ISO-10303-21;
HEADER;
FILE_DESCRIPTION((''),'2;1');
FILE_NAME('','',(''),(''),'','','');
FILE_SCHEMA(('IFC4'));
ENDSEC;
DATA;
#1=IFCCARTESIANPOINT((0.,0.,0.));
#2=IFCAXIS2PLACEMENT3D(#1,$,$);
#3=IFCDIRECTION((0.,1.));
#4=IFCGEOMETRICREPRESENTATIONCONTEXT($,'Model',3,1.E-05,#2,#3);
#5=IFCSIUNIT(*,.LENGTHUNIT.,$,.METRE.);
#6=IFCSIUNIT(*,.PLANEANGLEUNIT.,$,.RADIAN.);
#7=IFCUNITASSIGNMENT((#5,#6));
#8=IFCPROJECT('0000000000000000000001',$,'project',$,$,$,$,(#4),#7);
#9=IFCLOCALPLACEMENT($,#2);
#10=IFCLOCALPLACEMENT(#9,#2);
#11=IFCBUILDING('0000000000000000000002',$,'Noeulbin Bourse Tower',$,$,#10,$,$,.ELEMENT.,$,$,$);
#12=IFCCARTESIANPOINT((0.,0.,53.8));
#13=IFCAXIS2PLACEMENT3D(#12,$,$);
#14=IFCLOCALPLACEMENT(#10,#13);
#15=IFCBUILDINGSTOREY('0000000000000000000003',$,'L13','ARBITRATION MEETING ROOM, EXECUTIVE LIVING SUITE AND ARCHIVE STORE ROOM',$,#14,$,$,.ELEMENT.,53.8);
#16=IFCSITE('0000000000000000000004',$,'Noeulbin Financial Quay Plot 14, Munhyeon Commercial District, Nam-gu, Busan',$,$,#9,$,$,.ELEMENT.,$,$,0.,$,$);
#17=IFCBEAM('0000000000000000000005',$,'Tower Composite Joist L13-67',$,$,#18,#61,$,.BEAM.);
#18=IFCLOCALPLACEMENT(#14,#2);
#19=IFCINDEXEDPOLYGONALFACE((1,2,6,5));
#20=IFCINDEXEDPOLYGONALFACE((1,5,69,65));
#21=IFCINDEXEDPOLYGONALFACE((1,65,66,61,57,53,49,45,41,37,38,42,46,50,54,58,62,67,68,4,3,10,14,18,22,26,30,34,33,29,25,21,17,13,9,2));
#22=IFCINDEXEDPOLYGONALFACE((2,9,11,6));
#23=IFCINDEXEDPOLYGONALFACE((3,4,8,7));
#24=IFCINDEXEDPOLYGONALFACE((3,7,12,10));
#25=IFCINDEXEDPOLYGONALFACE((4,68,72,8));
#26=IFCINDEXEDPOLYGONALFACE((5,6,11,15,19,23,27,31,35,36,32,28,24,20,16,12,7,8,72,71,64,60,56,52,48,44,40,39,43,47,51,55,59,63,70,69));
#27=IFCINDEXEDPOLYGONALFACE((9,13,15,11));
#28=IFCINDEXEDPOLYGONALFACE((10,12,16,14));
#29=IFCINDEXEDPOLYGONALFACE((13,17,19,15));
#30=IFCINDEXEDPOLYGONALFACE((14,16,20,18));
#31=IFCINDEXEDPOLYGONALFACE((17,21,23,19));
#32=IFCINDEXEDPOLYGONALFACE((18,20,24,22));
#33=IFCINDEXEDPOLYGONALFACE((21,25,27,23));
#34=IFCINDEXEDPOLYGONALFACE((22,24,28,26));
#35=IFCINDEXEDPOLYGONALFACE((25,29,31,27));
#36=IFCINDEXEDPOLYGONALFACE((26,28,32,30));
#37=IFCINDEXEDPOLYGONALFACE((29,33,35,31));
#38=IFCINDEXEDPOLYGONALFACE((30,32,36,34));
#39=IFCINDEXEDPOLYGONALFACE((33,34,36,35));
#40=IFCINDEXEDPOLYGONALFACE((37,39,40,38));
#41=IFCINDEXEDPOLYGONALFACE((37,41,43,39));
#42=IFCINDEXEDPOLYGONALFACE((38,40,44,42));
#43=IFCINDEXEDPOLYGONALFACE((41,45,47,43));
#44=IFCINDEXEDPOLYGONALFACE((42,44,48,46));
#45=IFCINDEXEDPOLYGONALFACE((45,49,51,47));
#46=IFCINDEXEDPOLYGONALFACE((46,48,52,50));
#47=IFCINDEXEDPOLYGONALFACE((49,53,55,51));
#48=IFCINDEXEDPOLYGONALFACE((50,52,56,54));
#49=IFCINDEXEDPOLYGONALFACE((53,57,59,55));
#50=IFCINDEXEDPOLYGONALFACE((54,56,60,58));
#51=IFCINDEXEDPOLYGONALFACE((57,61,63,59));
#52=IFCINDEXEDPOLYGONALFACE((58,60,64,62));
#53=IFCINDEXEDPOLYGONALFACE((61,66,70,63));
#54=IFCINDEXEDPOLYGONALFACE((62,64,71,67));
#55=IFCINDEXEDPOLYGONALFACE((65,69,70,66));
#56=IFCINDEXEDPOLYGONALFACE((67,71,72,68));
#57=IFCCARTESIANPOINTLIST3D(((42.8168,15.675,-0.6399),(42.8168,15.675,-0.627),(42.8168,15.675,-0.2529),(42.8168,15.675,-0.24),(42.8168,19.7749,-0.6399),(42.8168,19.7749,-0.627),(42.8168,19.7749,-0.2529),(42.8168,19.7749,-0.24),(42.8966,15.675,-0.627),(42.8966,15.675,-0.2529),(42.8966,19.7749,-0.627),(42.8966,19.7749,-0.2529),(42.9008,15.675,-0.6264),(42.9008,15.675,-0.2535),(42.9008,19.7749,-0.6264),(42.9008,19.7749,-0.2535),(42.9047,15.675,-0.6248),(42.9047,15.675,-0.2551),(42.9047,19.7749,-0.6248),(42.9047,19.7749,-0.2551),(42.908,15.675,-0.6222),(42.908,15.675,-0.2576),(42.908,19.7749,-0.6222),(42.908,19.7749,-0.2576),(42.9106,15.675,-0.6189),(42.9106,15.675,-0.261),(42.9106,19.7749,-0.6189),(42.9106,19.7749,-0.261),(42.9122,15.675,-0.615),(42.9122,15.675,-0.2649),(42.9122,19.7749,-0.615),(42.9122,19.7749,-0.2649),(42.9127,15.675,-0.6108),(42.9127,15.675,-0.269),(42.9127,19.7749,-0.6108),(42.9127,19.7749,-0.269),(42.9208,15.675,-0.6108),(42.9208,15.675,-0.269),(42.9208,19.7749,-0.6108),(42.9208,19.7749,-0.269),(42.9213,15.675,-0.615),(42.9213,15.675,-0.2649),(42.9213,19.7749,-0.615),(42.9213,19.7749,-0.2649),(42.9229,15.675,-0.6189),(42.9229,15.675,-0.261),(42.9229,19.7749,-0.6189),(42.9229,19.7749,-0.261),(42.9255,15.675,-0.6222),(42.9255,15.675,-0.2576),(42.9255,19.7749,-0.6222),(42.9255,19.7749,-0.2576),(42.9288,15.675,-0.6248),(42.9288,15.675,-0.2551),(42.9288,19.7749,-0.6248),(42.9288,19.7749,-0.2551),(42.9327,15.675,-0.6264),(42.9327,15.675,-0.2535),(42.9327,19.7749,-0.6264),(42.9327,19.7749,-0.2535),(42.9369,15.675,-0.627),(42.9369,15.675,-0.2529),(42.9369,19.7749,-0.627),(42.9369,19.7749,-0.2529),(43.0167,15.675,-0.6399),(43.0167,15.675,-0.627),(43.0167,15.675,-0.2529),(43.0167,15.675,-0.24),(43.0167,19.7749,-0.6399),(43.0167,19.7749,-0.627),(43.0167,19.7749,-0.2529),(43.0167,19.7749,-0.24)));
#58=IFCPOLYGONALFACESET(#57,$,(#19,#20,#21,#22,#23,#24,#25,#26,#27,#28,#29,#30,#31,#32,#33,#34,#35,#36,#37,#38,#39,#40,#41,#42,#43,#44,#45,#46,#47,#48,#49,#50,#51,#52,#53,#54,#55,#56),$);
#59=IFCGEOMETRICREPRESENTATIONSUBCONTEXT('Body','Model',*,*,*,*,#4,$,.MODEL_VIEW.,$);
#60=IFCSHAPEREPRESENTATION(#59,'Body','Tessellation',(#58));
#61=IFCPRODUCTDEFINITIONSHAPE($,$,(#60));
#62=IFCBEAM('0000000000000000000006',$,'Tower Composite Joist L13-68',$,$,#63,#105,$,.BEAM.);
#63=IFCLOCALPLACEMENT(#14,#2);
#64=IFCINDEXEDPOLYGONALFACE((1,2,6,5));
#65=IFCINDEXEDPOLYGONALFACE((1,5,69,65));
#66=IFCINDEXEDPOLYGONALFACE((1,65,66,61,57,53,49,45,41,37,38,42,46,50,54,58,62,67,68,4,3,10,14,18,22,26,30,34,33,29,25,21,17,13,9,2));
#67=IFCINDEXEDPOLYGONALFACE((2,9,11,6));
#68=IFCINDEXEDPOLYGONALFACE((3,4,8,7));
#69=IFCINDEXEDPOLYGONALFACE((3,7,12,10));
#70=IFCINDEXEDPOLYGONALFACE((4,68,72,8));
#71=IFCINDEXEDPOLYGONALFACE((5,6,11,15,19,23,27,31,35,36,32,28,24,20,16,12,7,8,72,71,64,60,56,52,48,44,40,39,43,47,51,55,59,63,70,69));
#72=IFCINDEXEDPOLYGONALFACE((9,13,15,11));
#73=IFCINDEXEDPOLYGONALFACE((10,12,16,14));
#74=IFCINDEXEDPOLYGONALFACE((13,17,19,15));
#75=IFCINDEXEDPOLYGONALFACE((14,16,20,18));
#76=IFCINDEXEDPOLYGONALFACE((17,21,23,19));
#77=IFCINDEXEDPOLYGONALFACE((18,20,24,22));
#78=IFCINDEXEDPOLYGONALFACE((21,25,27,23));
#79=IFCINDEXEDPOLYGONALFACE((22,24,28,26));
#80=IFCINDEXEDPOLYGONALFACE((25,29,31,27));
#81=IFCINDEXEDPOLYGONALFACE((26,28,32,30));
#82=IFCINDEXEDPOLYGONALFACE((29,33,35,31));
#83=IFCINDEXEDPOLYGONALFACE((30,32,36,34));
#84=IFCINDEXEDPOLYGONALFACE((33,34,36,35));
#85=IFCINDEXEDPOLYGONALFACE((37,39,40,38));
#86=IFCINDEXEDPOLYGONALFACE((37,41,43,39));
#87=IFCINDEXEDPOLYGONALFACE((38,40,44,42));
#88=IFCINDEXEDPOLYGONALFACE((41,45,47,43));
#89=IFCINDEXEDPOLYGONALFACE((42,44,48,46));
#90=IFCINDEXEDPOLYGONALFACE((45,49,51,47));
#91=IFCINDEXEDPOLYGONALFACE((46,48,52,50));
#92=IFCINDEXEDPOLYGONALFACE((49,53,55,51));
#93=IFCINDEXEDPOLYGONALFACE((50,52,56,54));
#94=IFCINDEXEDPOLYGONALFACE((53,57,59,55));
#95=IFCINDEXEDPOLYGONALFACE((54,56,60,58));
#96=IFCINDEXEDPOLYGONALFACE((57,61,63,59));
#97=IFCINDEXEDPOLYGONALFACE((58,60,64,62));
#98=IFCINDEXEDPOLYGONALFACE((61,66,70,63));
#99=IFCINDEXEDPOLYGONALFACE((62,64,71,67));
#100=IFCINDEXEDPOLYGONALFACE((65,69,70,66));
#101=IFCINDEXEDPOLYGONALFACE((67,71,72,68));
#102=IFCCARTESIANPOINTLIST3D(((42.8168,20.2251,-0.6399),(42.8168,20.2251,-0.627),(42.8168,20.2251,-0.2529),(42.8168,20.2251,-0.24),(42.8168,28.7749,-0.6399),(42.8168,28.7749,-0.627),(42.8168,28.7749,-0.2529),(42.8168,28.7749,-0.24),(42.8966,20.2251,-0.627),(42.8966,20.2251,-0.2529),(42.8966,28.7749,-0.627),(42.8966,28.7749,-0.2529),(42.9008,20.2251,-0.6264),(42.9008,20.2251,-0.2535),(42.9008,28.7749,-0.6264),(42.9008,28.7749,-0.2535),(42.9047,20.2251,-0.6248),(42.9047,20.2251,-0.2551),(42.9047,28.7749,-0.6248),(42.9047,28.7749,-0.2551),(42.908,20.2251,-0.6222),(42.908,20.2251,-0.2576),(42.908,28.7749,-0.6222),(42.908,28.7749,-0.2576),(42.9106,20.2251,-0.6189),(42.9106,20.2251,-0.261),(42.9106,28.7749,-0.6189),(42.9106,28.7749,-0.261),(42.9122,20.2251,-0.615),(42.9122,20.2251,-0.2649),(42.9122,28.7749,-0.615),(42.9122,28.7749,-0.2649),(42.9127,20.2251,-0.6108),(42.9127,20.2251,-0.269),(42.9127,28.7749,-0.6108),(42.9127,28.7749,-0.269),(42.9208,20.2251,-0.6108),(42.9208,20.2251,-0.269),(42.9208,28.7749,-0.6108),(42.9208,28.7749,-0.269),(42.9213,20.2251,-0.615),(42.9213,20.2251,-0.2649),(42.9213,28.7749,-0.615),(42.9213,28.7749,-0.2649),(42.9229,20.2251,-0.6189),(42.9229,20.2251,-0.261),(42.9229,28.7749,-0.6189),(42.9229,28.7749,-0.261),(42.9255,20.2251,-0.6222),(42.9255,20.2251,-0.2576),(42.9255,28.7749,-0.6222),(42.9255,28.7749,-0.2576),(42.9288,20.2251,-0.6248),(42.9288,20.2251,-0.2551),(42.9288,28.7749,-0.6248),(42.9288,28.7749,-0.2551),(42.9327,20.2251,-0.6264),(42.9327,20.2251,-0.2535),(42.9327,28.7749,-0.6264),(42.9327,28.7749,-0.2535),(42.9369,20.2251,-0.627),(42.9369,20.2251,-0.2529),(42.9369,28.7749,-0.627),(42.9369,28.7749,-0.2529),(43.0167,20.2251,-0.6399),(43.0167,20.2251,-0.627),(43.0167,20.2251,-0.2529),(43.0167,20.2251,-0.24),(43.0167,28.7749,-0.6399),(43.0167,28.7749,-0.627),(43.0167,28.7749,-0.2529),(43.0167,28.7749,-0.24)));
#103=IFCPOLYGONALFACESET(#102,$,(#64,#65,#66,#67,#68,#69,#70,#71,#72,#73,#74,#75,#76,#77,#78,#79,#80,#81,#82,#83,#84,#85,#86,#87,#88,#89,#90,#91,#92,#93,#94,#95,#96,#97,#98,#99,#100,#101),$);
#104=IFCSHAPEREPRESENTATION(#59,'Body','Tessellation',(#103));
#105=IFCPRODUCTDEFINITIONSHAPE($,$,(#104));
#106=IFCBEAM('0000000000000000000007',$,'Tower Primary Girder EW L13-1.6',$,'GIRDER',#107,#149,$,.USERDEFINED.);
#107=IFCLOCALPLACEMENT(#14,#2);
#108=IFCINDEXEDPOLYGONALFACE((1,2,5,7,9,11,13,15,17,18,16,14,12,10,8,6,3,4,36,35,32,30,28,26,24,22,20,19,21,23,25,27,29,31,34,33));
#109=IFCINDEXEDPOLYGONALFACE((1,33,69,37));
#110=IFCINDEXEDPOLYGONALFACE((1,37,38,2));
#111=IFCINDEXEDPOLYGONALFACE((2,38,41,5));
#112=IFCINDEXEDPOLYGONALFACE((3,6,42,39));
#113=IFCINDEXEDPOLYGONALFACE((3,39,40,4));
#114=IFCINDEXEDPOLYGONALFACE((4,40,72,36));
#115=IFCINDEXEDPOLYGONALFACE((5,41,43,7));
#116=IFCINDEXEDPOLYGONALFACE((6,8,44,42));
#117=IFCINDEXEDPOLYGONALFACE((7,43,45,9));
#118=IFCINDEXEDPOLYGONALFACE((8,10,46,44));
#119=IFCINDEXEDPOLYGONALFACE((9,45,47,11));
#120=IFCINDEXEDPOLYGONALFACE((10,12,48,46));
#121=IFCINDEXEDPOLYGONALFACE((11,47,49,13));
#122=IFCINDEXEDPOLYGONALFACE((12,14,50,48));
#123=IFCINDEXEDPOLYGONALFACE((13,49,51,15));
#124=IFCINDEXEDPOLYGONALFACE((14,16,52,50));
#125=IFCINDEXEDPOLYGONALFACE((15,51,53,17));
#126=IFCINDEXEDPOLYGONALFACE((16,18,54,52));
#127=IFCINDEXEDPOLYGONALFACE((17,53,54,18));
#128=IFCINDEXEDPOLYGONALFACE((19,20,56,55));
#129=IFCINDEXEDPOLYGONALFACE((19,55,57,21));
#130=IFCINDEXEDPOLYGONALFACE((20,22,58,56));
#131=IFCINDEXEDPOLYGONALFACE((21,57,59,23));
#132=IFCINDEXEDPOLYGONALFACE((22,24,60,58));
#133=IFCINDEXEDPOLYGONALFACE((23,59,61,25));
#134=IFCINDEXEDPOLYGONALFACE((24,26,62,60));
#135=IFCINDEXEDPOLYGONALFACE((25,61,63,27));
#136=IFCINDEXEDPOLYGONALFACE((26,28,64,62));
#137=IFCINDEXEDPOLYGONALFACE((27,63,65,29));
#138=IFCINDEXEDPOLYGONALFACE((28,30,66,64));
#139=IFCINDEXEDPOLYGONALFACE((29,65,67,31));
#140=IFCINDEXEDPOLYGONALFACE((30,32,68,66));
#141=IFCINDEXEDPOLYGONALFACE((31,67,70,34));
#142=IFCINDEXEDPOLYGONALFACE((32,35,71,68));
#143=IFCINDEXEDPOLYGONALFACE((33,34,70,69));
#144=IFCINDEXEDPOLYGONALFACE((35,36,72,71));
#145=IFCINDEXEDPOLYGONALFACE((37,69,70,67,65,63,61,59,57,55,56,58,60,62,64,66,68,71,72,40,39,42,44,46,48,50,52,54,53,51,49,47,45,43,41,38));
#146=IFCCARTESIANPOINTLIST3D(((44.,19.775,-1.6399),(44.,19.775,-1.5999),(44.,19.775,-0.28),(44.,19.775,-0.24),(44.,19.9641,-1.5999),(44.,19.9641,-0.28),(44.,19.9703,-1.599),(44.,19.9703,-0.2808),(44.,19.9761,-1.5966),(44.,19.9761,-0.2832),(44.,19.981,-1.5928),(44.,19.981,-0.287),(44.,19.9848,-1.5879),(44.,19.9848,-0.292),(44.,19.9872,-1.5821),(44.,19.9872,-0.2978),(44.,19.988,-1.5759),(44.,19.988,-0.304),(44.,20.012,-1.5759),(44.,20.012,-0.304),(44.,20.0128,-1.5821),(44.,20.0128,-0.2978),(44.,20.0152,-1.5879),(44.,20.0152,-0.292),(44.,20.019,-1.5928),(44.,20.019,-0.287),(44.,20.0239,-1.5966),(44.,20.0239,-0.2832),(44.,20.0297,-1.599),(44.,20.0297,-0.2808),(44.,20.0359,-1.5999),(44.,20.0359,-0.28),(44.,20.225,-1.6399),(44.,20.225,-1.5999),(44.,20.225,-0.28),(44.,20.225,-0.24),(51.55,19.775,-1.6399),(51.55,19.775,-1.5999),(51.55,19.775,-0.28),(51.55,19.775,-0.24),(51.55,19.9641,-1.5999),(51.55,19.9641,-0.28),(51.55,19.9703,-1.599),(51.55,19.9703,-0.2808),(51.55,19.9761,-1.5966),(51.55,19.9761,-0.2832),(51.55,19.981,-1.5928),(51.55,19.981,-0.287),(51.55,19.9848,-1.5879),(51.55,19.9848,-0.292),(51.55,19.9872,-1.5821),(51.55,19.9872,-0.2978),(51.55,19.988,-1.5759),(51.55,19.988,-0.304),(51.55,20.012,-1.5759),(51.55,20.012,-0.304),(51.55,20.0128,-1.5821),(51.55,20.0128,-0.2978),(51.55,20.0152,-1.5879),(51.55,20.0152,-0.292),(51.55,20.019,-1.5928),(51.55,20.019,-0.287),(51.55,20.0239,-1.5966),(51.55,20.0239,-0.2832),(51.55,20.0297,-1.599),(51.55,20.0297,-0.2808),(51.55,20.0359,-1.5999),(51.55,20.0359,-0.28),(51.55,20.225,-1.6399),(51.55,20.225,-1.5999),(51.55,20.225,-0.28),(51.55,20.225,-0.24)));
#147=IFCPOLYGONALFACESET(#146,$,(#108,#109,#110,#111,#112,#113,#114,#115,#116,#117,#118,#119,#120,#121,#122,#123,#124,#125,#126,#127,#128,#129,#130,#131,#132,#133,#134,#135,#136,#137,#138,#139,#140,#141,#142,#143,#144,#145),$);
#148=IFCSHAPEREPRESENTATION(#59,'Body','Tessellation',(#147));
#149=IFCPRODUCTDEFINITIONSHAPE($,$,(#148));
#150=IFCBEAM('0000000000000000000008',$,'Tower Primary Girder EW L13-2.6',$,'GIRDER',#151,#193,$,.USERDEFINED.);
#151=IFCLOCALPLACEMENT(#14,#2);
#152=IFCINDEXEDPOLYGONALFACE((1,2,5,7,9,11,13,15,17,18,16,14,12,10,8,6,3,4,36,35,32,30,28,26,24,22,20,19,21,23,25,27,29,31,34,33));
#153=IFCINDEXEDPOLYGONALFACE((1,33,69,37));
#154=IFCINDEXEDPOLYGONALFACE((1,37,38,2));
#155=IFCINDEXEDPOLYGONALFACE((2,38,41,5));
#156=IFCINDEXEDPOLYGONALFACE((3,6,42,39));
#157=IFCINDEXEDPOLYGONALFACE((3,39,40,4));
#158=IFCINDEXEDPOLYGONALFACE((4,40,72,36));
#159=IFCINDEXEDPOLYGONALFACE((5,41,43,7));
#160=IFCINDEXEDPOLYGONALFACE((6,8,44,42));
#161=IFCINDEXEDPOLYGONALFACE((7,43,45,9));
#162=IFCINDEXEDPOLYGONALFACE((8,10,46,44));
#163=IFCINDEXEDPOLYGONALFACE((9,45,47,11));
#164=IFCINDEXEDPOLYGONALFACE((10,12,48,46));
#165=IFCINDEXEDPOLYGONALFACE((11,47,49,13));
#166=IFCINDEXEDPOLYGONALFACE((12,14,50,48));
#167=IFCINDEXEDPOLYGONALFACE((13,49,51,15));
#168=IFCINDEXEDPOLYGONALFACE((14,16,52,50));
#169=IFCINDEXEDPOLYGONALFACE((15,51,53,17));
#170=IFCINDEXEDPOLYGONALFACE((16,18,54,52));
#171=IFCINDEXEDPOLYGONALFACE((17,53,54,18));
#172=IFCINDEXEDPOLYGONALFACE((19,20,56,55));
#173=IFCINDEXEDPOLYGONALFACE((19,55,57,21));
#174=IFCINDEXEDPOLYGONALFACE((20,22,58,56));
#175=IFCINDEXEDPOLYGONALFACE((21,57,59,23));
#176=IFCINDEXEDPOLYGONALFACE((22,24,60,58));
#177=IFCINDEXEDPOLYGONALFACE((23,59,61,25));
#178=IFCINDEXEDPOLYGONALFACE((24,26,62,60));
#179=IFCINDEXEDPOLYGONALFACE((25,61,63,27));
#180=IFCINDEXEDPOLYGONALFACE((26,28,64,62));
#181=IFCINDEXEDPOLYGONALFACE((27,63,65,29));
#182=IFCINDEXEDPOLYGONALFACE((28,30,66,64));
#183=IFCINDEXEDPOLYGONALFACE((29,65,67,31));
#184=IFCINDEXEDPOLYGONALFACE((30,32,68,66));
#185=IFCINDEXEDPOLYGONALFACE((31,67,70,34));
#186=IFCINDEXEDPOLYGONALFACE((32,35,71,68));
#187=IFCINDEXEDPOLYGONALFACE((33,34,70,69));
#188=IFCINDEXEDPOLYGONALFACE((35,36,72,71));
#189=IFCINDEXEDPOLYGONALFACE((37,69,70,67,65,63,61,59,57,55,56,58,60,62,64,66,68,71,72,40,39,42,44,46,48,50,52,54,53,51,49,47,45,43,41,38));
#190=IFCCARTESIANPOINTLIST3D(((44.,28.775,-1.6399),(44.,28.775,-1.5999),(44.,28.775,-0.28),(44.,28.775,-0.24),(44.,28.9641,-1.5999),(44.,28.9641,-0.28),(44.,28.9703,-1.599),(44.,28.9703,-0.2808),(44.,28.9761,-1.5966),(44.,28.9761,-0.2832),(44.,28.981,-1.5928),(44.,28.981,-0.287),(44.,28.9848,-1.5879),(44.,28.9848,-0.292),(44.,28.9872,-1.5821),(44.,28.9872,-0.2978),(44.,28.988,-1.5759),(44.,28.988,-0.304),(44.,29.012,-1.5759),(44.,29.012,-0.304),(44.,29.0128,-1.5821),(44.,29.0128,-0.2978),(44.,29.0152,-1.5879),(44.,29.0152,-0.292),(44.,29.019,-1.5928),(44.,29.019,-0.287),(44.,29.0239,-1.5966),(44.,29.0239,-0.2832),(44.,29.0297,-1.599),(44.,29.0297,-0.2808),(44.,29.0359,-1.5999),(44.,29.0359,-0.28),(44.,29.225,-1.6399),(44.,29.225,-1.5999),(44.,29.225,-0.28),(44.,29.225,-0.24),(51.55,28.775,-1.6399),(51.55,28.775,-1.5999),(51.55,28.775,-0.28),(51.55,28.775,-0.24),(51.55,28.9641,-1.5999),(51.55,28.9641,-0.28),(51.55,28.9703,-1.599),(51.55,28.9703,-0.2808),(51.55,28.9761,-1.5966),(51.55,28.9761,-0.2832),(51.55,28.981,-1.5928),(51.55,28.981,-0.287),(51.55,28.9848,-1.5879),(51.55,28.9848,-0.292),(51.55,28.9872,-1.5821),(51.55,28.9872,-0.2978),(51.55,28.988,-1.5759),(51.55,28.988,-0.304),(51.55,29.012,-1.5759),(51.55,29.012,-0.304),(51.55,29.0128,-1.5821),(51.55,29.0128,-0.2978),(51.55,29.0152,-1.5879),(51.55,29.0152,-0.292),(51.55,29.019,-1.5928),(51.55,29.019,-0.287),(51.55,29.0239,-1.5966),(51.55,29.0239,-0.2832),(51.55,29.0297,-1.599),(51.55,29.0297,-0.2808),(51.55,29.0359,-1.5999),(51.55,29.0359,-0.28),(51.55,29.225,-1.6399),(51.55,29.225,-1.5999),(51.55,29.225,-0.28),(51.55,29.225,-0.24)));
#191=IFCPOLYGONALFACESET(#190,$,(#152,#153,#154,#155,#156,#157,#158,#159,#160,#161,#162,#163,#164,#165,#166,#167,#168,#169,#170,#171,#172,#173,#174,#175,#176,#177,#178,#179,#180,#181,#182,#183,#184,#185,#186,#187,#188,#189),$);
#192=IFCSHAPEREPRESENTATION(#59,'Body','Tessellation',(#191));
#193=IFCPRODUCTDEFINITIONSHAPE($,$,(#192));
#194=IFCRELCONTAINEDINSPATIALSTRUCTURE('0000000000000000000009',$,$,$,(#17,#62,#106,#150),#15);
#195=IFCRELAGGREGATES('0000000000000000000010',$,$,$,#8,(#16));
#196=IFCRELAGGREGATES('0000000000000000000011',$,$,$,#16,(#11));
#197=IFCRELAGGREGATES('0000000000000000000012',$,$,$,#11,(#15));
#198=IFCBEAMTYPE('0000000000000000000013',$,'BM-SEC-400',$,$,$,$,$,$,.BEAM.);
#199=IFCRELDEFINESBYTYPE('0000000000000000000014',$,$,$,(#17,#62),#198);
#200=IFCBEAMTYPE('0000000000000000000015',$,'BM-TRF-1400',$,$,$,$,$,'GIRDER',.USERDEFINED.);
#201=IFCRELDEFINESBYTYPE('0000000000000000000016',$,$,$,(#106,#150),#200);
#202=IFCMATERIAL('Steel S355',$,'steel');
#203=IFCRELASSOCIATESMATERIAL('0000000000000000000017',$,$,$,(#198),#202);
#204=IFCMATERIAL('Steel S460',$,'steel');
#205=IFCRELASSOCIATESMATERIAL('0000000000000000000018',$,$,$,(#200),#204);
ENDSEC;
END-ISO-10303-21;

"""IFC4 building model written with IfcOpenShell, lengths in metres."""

from ifc_helpers import new_model, si_unit, direction, frame, origin, origin_2d, place, context, subcontext, project, spatial, i_section, extrude, material, material_profile, profile_set, type_object, element, save


model = new_model("IFC4")

# Units and contexts
model_context = context("Model", 3, precision=1e-05, world=origin(), true_north=direction((0.0, 1.0)))
body_context = subcontext(model_context, "Body", "Model", "MODEL_VIEW")
ifc_project = project(units=[si_unit("LENGTHUNIT", "METRE"), si_unit("PLANEANGLEUNIT", "RADIAN")], contexts=[model_context])

# Site, building, storey
site_placement = place(None, origin())
site = spatial("IfcSite", under=ifc_project, at=site_placement, Name="Noeulbin Financial Quay Plot 14, Munhyeon Commercial District, Nam-gu, Busan", CompositionType="ELEMENT", RefElevation=0.0)
building_placement = place(site_placement, origin())
building = spatial("IfcBuilding", under=site, at=building_placement, Name="Noeulbin Bourse Tower", CompositionType="ELEMENT")
storey_placement = place(building_placement, frame((0.0, 0.0, 53.8)))
storey = spatial("IfcBuildingStorey", under=building, at=storey_placement, Name="L13", Description="ARBITRATION MEETING ROOM, EXECUTIVE LIVING SUITE AND ARCHIVE STORE ROOM", CompositionType="ELEMENT", Elevation=53.8)

# Shared definitions
ifc_material_1 = material(Name="Steel S460", Category="steel")

# Beams
ifc_material_2 = material(Name="Steel S355", Category="steel")
ifc_material_profile_1 = material_profile(ifc_material_2, i_section(OverallWidth=0.2, OverallDepth=0.3999, WebThickness=0.0081, FlangeThickness=0.0129, FilletRadius=0.0161, at=origin_2d()), Name="H-400x200x8x13", Category="LoadBearing")
ifc_profile_set_1 = profile_set([ifc_material_profile_1], Name="Steel S355")
beam_type_1 = type_object("IfcBeamType", Name="BM-SEC-400", PredefinedType="BEAM", material=ifc_profile_set_1)
beam_1_placement = place(storey_placement, frame((42.9167, 15.675, -0.4399), z_axis=(0.0, 1.0, 0.0), x_axis=(-1.0, 0.0, 0.0)))
element("IfcBeam", 1, at=beam_1_placement, inside=storey, type_object=beam_type_1, Name="Tower Composite Joist L13-67", PredefinedType="BEAM", context=body_context, shape_type="SweptSolid", body=[
    extrude(i_section(OverallWidth=0.2, OverallDepth=0.3999, WebThickness=0.0081, FlangeThickness=0.0129, FilletRadius=0.0161, at=origin_2d()), origin(), (0.0, 0.0, 1.0), 4.0999),
])
beam_2_placement = place(storey_placement, frame((42.9167, 20.2251, -0.4399), z_axis=(0.0, 1.0, 0.0), x_axis=(-1.0, 0.0, 0.0)))
element("IfcBeam", 2, at=beam_2_placement, inside=storey, type_object=beam_type_1, Name="Tower Composite Joist L13-68", PredefinedType="BEAM", context=body_context, shape_type="SweptSolid", body=[
    extrude(i_section(OverallWidth=0.2, OverallDepth=0.3999, WebThickness=0.0081, FlangeThickness=0.0129, FilletRadius=0.0161, at=origin_2d()), origin(), (0.0, 0.0, 1.0), 8.5498),
])
ifc_material_profile_2 = material_profile(ifc_material_1, i_section(OverallWidth=0.45, OverallDepth=1.3999, WebThickness=0.0239, FlangeThickness=0.04, FilletRadius=0.0239, at=origin_2d()), Name="PG-1400x450x24x40", Category="LoadBearing")
ifc_profile_set_2 = profile_set([ifc_material_profile_2], Name="Steel S460")
beam_type_2 = type_object("IfcBeamType", Name="BM-TRF-1400", ElementType="GIRDER", PredefinedType="USERDEFINED", material=ifc_profile_set_2)
for number, where, z_axis, x_axis, name in (
    (3, (44.0, 20.0, -0.9399), (1.0, 0.0, 0.0), (0.0, 1.0, 0.0), "Tower Primary Girder EW L13-1.6"),
    (4, (44.0, 29.0, -0.9399), (1.0, 0.0, 0.0), (0.0, 1.0, 0.0), "Tower Primary Girder EW L13-2.6"),
):
    element("IfcBeam", number, at=place(storey_placement, frame(where, z_axis=z_axis, x_axis=x_axis)), inside=storey, type_object=beam_type_2, Name=name, ObjectType="GIRDER", PredefinedType="USERDEFINED", context=body_context, shape_type="SweptSolid", body=[
        extrude(i_section(OverallWidth=0.45, OverallDepth=1.3999, WebThickness=0.0239, FlangeThickness=0.04, FilletRadius=0.0239, at=origin_2d()), origin(), (0.0, 0.0, 1.0), 7.55),
    ])

save(model, "model.ifc")
